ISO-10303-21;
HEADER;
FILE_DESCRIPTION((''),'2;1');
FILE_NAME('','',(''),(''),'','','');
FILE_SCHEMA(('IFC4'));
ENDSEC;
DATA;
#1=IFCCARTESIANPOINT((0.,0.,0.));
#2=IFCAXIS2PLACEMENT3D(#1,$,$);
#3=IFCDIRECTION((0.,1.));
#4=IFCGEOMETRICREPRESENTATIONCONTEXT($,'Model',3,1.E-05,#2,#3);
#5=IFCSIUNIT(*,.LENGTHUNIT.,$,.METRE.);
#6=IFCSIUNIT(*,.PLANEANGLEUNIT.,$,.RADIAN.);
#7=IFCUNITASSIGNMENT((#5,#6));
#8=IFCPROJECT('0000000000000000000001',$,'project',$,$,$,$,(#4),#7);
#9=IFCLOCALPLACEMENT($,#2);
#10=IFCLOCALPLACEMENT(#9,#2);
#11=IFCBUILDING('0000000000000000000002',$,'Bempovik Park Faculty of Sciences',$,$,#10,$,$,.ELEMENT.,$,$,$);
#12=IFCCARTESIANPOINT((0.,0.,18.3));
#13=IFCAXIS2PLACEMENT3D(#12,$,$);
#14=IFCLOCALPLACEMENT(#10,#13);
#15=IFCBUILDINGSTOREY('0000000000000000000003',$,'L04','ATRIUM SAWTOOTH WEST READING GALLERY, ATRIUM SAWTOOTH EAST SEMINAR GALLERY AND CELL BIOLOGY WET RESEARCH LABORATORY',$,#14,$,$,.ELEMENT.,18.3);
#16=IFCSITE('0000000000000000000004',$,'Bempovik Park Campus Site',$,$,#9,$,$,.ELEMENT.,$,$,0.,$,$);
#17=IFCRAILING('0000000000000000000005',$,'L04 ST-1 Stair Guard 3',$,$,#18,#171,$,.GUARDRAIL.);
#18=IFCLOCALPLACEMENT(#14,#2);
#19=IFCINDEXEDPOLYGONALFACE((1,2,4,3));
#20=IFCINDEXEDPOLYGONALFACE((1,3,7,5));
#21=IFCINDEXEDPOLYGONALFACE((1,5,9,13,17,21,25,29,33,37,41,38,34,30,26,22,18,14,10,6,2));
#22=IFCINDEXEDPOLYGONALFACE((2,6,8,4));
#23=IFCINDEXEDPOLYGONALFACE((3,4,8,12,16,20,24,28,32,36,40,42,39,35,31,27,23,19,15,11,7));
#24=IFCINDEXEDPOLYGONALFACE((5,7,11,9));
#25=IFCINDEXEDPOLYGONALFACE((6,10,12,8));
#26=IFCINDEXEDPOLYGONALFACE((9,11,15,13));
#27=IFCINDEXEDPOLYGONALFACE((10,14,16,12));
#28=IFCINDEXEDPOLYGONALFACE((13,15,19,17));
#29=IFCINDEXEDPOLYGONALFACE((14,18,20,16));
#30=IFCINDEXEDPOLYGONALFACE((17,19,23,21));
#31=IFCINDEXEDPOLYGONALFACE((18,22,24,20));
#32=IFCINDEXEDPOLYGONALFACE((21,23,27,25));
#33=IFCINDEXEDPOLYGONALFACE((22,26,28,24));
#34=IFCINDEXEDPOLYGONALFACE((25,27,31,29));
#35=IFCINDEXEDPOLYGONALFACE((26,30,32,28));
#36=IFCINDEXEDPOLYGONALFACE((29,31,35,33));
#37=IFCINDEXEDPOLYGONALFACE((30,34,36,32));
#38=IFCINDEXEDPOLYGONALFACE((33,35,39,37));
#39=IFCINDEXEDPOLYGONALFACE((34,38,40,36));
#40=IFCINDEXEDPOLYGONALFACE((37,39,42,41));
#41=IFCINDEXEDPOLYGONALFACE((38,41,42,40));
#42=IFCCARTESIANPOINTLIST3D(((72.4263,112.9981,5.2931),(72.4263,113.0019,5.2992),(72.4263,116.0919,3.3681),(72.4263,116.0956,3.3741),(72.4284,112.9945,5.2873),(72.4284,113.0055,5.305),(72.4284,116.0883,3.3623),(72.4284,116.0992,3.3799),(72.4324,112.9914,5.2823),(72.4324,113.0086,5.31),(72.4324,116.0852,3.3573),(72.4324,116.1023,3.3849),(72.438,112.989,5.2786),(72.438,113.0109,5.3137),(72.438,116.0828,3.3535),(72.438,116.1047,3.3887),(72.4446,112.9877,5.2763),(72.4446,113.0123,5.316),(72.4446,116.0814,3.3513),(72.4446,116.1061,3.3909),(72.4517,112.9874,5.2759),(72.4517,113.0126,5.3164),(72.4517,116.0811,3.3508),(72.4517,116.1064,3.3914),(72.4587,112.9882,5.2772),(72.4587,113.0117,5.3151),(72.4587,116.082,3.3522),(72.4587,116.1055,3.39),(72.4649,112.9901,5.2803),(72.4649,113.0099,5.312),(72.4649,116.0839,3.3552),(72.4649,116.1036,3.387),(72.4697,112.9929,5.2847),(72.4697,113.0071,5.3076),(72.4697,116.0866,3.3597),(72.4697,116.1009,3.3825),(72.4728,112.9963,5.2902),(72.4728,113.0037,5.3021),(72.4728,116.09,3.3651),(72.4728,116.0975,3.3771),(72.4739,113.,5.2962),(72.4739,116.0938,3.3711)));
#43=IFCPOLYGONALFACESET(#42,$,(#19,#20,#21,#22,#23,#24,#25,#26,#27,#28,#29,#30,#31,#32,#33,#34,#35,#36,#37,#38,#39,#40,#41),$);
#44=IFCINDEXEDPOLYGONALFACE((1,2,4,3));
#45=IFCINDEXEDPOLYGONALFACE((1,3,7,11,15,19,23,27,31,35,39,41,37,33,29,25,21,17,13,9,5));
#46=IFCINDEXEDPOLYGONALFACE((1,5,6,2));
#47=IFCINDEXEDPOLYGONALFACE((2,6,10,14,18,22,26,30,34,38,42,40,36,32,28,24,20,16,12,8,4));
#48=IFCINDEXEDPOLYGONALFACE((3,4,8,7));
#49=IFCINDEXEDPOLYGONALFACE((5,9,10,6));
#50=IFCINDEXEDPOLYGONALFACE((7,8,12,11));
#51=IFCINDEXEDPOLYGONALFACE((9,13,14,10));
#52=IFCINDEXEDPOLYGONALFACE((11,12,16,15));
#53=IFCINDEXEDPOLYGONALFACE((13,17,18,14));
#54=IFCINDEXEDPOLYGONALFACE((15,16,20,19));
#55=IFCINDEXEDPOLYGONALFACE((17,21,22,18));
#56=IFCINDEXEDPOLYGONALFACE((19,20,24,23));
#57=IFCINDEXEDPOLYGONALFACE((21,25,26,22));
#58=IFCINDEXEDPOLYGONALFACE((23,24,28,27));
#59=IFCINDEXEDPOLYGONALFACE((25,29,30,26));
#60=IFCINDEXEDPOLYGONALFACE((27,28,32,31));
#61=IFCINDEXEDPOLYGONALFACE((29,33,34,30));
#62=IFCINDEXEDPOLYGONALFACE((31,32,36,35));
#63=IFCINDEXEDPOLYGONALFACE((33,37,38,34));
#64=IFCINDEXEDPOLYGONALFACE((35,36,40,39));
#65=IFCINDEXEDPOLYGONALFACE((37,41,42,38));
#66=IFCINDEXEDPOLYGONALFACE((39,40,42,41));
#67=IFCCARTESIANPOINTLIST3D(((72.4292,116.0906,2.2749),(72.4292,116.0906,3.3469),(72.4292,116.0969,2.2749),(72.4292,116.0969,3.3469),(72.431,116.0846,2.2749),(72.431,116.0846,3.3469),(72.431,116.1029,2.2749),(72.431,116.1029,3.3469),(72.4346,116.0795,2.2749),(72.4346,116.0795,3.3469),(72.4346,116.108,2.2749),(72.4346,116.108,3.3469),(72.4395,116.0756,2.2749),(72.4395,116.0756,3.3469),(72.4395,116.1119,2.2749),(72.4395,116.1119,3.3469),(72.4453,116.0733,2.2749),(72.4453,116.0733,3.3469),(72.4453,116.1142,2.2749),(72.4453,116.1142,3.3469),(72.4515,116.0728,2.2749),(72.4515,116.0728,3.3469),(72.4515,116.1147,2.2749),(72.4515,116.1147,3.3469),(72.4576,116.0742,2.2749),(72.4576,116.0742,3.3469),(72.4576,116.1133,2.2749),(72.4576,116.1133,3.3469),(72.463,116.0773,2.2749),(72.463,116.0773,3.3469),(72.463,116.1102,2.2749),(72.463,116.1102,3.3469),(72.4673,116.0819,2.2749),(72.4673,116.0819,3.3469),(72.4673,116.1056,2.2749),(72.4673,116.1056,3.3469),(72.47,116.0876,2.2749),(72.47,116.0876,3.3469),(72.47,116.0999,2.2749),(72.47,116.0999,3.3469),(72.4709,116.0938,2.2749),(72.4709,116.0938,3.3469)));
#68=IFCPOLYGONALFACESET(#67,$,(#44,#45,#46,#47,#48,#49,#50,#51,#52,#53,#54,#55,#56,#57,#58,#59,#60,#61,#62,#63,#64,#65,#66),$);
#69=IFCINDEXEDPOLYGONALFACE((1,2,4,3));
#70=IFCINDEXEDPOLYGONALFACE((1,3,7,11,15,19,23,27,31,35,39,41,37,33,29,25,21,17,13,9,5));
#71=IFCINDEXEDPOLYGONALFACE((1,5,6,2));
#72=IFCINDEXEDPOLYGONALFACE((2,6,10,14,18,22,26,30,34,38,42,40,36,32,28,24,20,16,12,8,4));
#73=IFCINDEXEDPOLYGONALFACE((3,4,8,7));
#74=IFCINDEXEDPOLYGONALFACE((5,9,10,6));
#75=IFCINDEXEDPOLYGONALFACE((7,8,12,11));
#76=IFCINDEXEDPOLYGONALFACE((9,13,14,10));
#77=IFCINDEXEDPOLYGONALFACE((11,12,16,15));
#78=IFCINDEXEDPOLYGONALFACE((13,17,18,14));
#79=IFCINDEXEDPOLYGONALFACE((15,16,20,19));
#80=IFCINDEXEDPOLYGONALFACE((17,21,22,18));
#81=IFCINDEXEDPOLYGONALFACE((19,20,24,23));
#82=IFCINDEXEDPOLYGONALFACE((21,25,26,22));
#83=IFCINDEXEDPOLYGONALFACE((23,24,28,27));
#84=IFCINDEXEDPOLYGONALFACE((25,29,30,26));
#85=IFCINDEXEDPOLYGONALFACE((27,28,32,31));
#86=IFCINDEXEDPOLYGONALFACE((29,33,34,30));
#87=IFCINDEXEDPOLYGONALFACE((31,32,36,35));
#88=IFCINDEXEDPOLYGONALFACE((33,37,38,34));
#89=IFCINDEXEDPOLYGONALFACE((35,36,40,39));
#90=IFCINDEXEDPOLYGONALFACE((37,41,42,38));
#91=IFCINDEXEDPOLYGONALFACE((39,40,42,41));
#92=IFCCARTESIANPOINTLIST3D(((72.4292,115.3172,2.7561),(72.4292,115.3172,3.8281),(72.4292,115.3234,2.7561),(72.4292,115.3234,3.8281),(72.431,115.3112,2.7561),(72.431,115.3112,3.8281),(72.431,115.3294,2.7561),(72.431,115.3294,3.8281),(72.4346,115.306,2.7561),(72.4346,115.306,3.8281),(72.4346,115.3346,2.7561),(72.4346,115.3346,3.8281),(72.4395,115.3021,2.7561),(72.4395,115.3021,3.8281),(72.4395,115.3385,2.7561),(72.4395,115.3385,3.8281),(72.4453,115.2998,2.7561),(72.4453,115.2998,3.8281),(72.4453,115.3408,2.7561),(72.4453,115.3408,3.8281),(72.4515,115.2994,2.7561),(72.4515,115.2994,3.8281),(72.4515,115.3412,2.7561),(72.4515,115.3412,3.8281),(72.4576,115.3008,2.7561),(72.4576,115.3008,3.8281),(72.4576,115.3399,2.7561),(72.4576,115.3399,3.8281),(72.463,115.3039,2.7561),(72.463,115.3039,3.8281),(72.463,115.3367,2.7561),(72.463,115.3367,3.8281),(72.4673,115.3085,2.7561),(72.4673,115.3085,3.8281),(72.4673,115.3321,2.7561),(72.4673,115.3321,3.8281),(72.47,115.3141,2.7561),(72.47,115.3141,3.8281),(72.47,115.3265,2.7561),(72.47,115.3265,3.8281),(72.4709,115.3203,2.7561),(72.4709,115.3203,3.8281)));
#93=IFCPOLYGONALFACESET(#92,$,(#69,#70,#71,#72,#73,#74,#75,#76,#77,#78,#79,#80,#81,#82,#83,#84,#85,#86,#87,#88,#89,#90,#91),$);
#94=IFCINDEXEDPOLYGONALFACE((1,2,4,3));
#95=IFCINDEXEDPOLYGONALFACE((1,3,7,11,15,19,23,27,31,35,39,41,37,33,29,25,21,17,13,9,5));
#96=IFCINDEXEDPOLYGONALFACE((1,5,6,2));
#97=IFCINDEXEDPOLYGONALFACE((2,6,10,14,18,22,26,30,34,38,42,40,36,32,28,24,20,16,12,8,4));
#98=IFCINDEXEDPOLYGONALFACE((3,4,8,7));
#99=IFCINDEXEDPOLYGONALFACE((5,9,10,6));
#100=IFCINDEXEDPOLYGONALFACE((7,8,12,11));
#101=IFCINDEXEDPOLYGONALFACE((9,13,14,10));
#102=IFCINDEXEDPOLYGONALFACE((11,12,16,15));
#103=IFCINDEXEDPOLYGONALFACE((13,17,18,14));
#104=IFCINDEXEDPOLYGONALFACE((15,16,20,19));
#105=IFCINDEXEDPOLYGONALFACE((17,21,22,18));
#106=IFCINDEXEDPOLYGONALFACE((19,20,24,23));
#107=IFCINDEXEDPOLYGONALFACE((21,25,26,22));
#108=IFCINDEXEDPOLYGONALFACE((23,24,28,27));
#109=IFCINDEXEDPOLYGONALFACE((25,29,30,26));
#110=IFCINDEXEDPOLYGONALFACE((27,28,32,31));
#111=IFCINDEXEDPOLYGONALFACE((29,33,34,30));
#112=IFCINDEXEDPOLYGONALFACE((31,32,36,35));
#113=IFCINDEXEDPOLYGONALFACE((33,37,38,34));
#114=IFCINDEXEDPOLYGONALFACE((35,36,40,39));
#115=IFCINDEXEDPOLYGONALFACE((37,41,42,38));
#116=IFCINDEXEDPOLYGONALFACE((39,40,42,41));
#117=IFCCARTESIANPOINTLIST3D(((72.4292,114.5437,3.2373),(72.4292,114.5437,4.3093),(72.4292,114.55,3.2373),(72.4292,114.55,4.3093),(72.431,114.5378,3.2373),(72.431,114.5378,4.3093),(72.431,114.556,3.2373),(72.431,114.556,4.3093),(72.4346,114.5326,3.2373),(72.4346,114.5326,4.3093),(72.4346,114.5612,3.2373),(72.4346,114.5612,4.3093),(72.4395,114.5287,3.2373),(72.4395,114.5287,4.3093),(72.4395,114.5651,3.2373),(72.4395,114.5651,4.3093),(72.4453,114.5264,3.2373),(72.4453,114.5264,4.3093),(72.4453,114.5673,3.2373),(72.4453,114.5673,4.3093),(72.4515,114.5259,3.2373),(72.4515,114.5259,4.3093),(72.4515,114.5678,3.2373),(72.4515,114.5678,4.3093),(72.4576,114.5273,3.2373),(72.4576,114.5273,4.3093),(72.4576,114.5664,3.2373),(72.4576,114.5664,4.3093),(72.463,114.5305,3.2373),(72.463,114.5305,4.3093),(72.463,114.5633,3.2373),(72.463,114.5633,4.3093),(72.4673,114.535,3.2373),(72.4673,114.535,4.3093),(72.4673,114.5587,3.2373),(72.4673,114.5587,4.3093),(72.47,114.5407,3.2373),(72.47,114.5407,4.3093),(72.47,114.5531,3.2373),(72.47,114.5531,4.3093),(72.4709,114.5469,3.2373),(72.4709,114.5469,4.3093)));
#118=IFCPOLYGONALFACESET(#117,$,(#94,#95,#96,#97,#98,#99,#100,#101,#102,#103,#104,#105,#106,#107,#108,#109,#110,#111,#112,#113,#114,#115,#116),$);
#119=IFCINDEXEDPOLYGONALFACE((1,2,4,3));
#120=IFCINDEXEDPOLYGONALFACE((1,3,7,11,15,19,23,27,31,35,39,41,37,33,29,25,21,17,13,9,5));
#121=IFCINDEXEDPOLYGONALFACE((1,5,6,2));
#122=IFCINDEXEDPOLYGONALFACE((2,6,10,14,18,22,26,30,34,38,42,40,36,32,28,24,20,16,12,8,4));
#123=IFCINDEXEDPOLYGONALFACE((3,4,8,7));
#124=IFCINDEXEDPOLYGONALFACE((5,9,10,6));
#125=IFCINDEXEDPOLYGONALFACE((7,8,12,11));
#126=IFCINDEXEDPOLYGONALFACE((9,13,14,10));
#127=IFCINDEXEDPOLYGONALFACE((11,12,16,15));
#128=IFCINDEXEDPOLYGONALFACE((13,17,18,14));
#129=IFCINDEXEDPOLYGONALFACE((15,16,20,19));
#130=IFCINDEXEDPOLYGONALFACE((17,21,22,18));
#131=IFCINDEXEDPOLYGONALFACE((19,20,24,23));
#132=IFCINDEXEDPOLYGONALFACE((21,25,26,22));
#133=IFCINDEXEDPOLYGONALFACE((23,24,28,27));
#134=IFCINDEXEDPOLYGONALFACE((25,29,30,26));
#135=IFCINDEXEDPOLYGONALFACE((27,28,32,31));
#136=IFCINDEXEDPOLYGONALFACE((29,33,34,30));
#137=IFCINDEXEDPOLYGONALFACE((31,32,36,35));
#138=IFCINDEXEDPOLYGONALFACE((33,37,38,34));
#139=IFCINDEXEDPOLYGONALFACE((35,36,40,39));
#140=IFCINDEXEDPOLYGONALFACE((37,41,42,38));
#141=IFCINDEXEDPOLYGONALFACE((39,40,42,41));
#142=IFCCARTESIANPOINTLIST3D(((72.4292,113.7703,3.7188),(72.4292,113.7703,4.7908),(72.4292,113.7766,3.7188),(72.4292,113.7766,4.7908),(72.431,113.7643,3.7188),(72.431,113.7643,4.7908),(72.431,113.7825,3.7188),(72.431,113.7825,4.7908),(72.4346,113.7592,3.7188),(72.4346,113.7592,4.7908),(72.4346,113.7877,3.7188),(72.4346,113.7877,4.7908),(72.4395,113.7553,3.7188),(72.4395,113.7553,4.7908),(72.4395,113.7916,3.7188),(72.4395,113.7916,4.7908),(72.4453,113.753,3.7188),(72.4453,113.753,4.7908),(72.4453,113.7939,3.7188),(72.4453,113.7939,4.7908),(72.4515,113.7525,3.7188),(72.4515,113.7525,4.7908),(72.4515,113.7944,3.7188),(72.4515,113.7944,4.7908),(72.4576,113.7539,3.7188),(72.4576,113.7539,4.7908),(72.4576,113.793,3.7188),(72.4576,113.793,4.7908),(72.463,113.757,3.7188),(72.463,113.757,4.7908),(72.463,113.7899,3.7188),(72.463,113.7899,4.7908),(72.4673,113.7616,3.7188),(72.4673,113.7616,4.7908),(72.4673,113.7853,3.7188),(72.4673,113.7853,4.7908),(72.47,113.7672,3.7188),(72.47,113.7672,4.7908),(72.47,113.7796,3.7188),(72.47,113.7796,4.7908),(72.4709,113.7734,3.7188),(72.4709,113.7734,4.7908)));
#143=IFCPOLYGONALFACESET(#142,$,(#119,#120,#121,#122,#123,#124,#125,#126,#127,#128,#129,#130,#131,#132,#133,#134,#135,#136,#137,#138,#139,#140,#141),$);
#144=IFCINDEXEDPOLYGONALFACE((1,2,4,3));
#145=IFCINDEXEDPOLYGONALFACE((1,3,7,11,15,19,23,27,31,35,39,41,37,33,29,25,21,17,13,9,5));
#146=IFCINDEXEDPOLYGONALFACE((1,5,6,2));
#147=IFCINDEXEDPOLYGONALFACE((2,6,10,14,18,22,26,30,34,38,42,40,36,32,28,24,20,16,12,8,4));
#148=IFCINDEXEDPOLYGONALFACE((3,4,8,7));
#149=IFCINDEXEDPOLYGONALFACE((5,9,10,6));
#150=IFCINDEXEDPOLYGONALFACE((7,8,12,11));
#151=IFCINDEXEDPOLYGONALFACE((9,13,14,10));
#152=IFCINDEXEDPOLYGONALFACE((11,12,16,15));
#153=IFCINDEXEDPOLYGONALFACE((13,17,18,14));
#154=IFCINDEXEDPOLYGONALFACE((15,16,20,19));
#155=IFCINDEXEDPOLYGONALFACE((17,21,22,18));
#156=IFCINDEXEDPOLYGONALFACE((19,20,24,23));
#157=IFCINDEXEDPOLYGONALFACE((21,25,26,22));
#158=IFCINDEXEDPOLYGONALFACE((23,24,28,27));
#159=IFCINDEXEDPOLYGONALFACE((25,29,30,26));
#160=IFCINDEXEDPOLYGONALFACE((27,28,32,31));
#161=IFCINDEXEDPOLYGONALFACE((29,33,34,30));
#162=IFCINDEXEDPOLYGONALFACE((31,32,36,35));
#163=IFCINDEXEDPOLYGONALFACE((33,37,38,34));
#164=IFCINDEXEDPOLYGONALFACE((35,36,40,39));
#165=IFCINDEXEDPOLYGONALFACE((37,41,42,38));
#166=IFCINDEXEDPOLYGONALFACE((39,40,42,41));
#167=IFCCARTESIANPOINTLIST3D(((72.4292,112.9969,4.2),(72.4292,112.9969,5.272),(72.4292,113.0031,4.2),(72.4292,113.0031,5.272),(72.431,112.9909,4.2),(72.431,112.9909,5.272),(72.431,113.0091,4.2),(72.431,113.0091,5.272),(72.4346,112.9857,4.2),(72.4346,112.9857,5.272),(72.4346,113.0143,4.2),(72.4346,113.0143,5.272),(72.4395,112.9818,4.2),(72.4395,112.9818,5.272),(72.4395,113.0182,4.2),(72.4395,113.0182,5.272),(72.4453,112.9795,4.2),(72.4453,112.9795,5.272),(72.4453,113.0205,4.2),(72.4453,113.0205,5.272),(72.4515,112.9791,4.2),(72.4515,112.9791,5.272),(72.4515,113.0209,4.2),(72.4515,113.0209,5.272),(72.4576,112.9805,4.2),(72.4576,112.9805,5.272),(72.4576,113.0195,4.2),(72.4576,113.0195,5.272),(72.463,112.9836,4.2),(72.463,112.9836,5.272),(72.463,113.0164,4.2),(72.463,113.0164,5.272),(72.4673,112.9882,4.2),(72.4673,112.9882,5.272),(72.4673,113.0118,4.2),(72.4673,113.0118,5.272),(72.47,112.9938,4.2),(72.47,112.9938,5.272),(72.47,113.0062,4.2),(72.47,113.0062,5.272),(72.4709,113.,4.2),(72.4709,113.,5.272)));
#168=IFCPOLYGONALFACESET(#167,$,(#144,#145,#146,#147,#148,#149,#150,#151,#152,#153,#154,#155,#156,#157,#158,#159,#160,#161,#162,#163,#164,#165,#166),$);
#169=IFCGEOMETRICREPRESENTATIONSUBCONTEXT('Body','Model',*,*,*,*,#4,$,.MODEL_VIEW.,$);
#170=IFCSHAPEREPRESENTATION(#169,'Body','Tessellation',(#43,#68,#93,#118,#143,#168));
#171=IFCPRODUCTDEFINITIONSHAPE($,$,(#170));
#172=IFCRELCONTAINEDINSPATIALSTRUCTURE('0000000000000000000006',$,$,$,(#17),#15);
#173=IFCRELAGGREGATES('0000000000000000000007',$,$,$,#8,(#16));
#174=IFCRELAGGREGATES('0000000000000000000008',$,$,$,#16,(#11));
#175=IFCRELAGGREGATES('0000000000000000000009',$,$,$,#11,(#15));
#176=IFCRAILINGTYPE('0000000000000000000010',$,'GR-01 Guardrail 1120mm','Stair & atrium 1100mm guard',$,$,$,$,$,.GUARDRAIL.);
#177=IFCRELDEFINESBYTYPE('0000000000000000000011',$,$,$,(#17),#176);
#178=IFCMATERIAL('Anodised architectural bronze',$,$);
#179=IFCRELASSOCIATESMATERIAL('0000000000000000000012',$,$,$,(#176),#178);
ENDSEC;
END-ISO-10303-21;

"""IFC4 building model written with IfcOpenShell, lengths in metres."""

from ifc_helpers import new_model, si_unit, direction, frame, origin, origin_2d, place, context, subcontext, project, spatial, circle, extrude, material, type_object, element, save


model = new_model("IFC4")

# Units and contexts
model_context = context("Model", 3, precision=1e-05, world=origin(), true_north=direction((0.0, 1.0)))
body_context = subcontext(model_context, "Body", "Model", "MODEL_VIEW")
ifc_project = project(units=[si_unit("LENGTHUNIT", "METRE"), si_unit("PLANEANGLEUNIT", "RADIAN")], contexts=[model_context])

# Site, building, storey
site_placement = place(None, origin())
site = spatial("IfcSite", under=ifc_project, at=site_placement, Name="Bempovik Park Campus Site", CompositionType="ELEMENT", RefElevation=0.0)
building_placement = place(site_placement, origin())
building = spatial("IfcBuilding", under=site, at=building_placement, Name="Bempovik Park Faculty of Sciences", CompositionType="ELEMENT")
storey_placement = place(building_placement, frame((0.0, 0.0, 18.3)))
storey = spatial("IfcBuildingStorey", under=building, at=storey_placement, Name="L04", Description="ATRIUM SAWTOOTH WEST READING GALLERY, ATRIUM SAWTOOTH EAST SEMINAR GALLERY AND CELL BIOLOGY WET RESEARCH LABORATORY", CompositionType="ELEMENT", Elevation=18.3)

# Railing
ifc_material_1 = material(Name="Anodised architectural bronze")
railing_type_1 = type_object("IfcRailingType", Name="GR-01 Guardrail 1120mm", Description="Stair & atrium 1100mm guard", PredefinedType="GUARDRAIL", material=ifc_material_1)
railing_1_placement = place(storey_placement, frame((72.45, 116.0938, 2.2749)))
element("IfcRailing", 1, at=railing_1_placement, inside=storey, type_object=railing_type_1, Name="L04 ST-1 Stair Guard 3", PredefinedType="GUARDRAIL", context=body_context, shape_type="SweptSolid", body=[
    extrude(circle(Radius=0.0239, at=origin_2d()), frame((0.0, 0.0, 1.0962), z_axis=(0.0, -0.849051, 0.528312), x_axis=(1.0, 0.0, 0.0)), (0.0, 0.0, 1.0), 3.6438),
    extrude(circle(Radius=0.021, at=origin_2d()), origin(), (0.0, 0.0, 1.0), 1.072),
    extrude(circle(Radius=0.021, at=origin_2d()), frame((0.0, -0.7734, 0.4812)), (0.0, 0.0, 1.0), 1.072),
    extrude(circle(Radius=0.021, at=origin_2d()), frame((0.0, -1.5469, 0.9624)), (0.0, 0.0, 1.0), 1.072),
    extrude(circle(Radius=0.021, at=origin_2d()), frame((0.0, -2.3203, 1.4438)), (0.0, 0.0, 1.0), 1.072),
    extrude(circle(Radius=0.021, at=origin_2d()), frame((0.0, -3.0938, 1.925)), (0.0, 0.0, 1.0), 1.072),
])

save(model, "model.ifc")
